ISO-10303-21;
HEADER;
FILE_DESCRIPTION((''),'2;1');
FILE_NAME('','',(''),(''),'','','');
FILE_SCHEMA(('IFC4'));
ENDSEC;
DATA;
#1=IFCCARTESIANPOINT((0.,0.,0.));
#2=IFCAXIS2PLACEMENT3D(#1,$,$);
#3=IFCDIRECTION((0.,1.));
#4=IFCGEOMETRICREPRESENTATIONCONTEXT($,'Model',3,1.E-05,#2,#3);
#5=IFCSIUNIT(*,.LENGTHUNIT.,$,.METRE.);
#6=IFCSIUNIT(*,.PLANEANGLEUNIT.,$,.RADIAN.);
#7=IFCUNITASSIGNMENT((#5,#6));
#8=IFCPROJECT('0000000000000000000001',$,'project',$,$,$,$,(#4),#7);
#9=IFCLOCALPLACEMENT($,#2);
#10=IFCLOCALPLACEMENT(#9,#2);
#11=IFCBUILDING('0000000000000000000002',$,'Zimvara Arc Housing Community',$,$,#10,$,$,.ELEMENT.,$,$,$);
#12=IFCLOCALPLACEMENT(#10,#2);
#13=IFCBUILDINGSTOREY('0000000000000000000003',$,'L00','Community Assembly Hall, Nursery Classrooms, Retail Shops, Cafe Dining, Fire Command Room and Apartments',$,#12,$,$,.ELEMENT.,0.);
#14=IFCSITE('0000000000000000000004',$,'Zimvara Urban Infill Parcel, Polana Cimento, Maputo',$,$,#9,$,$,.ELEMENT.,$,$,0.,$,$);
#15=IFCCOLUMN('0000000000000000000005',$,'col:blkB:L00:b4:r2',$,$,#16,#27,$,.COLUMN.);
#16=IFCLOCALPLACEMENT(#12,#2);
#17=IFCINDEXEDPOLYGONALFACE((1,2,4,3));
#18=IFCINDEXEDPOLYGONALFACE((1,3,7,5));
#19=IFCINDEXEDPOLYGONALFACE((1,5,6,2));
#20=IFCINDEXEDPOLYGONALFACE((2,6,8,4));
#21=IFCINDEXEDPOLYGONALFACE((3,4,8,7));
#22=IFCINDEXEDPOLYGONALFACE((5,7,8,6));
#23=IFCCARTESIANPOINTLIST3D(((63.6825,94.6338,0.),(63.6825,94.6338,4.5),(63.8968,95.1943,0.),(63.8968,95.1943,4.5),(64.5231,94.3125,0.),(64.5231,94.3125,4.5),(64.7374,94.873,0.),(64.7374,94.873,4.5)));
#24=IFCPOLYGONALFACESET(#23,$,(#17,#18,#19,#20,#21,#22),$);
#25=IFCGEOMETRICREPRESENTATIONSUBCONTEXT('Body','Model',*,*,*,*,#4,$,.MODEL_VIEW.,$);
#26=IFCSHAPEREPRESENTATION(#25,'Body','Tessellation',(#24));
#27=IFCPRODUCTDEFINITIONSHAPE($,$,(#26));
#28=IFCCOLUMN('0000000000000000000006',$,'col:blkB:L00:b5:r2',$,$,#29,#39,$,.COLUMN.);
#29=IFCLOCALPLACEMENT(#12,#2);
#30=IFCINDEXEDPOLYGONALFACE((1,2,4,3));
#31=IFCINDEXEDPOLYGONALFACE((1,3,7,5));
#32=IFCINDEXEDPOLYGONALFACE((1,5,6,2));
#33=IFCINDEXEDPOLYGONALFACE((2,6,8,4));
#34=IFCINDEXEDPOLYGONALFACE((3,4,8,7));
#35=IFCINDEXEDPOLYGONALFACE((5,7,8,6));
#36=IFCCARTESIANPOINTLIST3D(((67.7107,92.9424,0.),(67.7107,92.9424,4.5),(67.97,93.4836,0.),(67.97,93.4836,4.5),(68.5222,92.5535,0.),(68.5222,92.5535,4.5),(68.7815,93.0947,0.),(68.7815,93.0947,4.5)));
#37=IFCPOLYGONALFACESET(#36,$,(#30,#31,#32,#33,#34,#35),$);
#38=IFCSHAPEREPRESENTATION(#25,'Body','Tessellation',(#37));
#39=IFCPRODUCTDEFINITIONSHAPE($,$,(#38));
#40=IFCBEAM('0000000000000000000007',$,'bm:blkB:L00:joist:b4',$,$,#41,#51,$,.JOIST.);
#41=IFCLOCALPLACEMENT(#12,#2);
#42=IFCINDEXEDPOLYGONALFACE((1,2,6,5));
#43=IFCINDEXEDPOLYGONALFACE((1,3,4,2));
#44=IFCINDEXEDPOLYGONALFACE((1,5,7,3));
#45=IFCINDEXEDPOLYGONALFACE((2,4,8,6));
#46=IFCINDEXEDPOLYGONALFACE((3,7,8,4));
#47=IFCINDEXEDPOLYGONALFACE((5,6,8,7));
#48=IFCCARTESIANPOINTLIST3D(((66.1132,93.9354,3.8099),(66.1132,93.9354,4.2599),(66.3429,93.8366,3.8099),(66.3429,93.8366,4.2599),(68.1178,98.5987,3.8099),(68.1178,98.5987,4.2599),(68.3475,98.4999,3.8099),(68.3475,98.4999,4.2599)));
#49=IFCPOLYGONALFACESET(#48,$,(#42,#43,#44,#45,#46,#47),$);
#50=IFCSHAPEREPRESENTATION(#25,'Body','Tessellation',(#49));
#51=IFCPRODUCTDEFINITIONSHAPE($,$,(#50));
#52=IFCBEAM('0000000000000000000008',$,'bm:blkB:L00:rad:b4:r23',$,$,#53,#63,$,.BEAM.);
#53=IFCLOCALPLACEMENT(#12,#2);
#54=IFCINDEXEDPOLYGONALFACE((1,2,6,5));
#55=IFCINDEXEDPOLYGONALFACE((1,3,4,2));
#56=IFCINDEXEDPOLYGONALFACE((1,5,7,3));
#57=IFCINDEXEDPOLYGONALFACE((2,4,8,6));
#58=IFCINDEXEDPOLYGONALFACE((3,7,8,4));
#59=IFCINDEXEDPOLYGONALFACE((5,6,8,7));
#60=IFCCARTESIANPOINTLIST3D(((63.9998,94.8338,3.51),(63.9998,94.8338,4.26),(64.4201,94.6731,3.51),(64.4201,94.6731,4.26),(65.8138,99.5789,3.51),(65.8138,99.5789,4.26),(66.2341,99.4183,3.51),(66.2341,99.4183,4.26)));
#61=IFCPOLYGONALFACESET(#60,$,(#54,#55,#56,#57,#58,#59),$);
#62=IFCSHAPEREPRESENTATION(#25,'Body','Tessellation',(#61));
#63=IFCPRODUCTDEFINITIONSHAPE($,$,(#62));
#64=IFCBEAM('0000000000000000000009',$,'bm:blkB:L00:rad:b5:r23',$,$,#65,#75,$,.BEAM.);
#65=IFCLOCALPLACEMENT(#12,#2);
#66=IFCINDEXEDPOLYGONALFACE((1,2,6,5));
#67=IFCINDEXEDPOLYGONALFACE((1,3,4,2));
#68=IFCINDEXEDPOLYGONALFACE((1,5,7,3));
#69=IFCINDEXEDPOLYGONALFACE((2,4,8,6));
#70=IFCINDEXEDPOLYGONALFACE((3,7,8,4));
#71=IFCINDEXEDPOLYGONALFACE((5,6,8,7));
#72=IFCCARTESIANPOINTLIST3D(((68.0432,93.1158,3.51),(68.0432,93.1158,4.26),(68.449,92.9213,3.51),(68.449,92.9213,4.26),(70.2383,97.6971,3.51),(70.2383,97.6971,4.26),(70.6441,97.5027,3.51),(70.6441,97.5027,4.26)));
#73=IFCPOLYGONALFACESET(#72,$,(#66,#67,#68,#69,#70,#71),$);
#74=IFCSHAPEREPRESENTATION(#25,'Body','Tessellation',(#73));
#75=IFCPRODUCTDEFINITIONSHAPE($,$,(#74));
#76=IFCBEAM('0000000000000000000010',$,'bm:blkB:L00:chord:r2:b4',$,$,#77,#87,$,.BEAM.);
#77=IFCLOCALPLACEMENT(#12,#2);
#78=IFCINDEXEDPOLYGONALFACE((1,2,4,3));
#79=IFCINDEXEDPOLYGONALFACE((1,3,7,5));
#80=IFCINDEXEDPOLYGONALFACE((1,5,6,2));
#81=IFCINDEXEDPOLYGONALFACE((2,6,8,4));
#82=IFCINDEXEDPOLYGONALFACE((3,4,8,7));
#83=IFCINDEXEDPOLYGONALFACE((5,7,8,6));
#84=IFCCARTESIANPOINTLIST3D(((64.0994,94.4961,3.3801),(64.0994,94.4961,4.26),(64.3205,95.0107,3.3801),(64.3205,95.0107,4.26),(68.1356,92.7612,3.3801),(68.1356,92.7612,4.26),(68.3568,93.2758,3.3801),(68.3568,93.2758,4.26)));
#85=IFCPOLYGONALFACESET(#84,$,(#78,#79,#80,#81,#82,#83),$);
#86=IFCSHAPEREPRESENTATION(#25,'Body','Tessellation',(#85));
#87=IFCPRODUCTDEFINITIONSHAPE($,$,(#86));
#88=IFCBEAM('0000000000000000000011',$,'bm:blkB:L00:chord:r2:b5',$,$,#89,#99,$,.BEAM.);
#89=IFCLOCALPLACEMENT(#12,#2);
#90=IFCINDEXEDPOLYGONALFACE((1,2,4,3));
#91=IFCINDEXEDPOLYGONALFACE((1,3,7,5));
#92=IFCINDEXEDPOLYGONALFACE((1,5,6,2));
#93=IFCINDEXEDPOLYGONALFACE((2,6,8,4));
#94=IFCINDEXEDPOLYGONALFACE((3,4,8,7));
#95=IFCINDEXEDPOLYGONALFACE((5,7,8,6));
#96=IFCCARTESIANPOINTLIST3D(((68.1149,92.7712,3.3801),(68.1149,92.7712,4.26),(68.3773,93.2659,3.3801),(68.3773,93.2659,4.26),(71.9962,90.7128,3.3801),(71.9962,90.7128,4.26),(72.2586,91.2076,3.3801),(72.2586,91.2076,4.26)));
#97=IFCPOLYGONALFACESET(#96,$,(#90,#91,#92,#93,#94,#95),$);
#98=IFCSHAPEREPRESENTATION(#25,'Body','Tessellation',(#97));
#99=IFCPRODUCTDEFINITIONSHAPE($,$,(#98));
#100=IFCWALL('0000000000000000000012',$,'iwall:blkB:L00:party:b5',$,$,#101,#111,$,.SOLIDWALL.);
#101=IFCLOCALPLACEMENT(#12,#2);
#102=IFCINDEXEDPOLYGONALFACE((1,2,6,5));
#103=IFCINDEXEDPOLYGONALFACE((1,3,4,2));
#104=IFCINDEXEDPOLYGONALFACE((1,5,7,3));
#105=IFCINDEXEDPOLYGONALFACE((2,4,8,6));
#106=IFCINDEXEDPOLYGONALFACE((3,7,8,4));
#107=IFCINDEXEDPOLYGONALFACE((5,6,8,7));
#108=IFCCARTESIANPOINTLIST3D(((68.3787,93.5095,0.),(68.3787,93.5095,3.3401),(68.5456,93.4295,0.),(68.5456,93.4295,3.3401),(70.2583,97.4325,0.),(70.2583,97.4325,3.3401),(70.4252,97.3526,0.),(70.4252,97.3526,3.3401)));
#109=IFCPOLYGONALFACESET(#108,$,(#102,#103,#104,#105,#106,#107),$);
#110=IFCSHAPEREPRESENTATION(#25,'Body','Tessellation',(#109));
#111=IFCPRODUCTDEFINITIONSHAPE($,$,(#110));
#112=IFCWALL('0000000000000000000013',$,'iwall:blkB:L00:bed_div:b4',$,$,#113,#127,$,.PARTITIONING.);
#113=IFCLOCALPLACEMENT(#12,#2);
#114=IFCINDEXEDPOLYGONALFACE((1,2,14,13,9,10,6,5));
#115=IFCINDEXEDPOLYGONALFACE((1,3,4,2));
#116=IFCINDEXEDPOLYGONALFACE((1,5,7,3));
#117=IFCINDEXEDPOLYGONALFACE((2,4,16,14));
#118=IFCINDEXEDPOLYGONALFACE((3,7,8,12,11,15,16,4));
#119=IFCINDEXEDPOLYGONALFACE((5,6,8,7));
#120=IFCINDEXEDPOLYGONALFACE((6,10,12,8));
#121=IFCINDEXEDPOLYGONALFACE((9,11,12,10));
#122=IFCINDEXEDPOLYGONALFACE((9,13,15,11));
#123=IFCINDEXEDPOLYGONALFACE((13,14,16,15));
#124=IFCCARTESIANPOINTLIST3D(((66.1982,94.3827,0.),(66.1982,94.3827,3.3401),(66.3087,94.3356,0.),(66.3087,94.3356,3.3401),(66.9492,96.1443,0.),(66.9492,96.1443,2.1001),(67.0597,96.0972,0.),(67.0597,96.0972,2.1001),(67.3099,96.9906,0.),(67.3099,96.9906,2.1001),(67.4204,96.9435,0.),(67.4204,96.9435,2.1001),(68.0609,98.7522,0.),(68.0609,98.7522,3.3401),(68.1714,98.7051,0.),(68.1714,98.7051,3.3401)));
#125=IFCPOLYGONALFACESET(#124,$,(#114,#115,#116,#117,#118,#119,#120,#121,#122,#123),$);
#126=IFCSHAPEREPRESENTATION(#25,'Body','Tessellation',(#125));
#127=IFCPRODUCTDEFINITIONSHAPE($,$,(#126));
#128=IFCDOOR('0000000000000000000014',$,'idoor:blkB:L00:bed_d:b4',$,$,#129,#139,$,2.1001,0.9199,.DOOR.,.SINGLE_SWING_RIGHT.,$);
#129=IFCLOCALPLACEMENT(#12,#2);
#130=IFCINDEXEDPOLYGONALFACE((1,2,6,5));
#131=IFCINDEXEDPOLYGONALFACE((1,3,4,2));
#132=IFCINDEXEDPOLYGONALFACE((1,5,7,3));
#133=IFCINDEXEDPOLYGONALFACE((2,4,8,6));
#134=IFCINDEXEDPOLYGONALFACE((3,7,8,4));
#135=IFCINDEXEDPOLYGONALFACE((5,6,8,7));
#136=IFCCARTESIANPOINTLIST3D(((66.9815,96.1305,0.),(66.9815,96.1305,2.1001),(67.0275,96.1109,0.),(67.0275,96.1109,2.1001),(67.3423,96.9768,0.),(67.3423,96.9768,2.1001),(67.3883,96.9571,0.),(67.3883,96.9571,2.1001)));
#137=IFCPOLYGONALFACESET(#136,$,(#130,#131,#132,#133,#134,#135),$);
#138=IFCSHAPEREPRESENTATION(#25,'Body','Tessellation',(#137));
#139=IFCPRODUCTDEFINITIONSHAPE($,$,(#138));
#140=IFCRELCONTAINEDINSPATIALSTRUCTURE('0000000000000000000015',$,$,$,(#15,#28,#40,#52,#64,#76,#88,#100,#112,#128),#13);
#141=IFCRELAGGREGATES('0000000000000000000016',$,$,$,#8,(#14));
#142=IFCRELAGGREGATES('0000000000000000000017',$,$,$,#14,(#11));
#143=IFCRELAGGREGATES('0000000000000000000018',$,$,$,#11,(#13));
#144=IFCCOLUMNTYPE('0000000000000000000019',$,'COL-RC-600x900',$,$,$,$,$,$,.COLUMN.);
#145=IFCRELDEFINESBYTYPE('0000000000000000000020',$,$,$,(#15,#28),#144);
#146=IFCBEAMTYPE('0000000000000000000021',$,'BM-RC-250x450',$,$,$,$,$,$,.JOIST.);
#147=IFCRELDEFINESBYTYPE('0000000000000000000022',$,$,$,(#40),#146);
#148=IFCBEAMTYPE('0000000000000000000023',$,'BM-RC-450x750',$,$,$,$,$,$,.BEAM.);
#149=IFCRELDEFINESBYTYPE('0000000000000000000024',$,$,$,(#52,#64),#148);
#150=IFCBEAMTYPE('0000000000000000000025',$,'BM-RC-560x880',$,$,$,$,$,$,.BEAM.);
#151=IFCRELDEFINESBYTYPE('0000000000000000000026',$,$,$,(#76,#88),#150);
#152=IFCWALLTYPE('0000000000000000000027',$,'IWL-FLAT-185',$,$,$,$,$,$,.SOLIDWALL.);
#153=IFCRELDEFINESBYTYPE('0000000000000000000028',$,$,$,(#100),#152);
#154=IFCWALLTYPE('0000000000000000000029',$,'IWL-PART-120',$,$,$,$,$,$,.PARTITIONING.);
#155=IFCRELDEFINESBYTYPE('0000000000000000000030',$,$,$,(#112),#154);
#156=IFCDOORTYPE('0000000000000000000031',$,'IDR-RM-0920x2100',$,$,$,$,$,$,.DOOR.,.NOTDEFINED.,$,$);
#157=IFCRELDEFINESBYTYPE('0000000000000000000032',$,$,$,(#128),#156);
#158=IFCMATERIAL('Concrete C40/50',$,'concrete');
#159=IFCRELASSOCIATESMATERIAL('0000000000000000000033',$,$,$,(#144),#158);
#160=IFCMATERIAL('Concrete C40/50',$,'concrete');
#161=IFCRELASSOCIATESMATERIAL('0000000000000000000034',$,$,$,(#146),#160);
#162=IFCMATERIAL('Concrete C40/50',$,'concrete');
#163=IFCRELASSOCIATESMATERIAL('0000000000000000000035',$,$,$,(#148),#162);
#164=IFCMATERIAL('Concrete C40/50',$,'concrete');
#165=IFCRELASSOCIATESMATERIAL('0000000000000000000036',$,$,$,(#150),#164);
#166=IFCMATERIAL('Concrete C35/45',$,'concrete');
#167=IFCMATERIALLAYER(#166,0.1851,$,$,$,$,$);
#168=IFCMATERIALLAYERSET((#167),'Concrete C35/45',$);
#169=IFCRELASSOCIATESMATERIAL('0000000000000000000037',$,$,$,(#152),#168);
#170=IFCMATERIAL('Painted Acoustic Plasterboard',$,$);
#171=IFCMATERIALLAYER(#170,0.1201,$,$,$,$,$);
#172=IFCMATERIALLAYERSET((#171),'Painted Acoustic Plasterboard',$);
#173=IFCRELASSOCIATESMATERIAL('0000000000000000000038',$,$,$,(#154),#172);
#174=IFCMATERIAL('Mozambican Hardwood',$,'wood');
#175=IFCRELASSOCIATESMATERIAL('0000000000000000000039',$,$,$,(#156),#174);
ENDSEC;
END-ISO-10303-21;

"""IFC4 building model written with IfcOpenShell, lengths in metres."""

from ifc_helpers import new_model, si_unit, direction, frame, frame_2d, origin, origin_2d, place, context, subcontext, project, spatial, rectangle, extrude, material, layer, layer_set, material_profile, profile_set, type_object, element, fill, save


model = new_model("IFC4")

# Units and contexts
model_context = context("Model", 3, precision=1e-05, world=origin(), true_north=direction((0.0, 1.0)))
body_context = subcontext(model_context, "Body", "Model", "MODEL_VIEW")
ifc_project = project(units=[si_unit("LENGTHUNIT", "METRE"), si_unit("PLANEANGLEUNIT", "RADIAN")], contexts=[model_context])

# Site, building, storey
site_placement = place(None, origin())
site = spatial("IfcSite", under=ifc_project, at=site_placement, Name="Zimvara Urban Infill Parcel, Polana Cimento, Maputo", CompositionType="ELEMENT", RefElevation=0.0)
building_placement = place(site_placement, origin())
building = spatial("IfcBuilding", under=site, at=building_placement, Name="Zimvara Arc Housing Community", CompositionType="ELEMENT")
storey_placement = place(building_placement, origin())
storey = spatial("IfcBuildingStorey", under=building, at=storey_placement, Name="L00", Description="Community Assembly Hall, Nursery Classrooms, Retail Shops, Cafe Dining, Fire Command Room and Apartments", CompositionType="ELEMENT", Elevation=0.0)

# Columns
ifc_material_1 = material(Name="Concrete C40/50", Category="concrete")
ifc_material_profile_1 = material_profile(ifc_material_1, rectangle(XDim=0.6001, YDim=0.8999, at=origin_2d()), Name="RC 600x900")
ifc_profile_set_1 = profile_set([ifc_material_profile_1], Name="Concrete C40/50")
column_type = type_object("IfcColumnType", Name="COL-RC-600x900", PredefinedType="COLUMN", material=ifc_profile_set_1)
for number, where, z_axis, x_axis, name in (
    (1, (64.21, 94.7534, 0.0), (0.0, 0.0, 1.0), (0.357064, 0.93408, 0.0), "col:blkB:L00:b4:r2"),
    (2, (68.2461, 93.0186, 0.0), (0.0, 0.0, 1.0), (0.432086, 0.901833, 0.0), "col:blkB:L00:b5:r2"),
):
    element("IfcColumn", number, at=place(storey_placement, frame(where, z_axis=z_axis, x_axis=x_axis)), inside=storey, type_object=column_type, Name=name, PredefinedType="COLUMN", context=body_context, shape_type="SweptSolid", body=[
        extrude(rectangle(XDim=0.6001, YDim=0.8999, at=origin_2d()), origin(), (0.0, 0.0, 1.0), 4.5),
    ])

# Beams
ifc_material_2 = material(Name="Concrete C40/50", Category="concrete")
ifc_material_profile_2 = material_profile(ifc_material_2, rectangle(XDim=0.25, YDim=0.45, at=origin_2d()), Name="RC 250x450")
ifc_profile_set_2 = profile_set([ifc_material_profile_2], Name="Concrete C40/50")
beam_type_1 = type_object("IfcBeamType", Name="BM-RC-250x450", PredefinedType="JOIST", material=ifc_profile_set_2)
beam_placement = place(storey_placement, frame((66.228, 93.886, 4.0349), z_axis=(0.394929, 0.918712, 0.0), x_axis=(-0.918712, 0.394929, 0.0)))
element("IfcBeam", 3, at=beam_placement, inside=storey, type_object=beam_type_1, Name="bm:blkB:L00:joist:b4", PredefinedType="JOIST", context=body_context, shape_type="SweptSolid", body=[
    extrude(rectangle(XDim=0.25, YDim=0.45, at=origin_2d()), origin(), (0.0, 0.0, 1.0), 5.0759),
])
ifc_material_3 = material(Name="Concrete C40/50", Category="concrete")
ifc_material_profile_3 = material_profile(ifc_material_3, rectangle(XDim=0.45, YDim=0.75, at=origin_2d()), Name="RC 450x750")
ifc_profile_set_3 = profile_set([ifc_material_profile_3], Name="Concrete C40/50")
beam_type_2 = type_object("IfcBeamType", Name="BM-RC-450x750", PredefinedType="BEAM", material=ifc_profile_set_3)
for number, where, z_axis, x_axis, name in (
    (4, (64.21, 94.7534, 3.885), (0.357078, 0.934074, 0.0), (-0.934074, 0.357078, 0.0), "bm:blkB:L00:rad:b4:r23"),
    (5, (68.2461, 93.0186, 3.885), (0.432098, 0.901827, 0.0), (-0.901827, 0.432098, 0.0), "bm:blkB:L00:rad:b5:r23"),
):
    element("IfcBeam", number, at=place(storey_placement, frame(where, z_axis=z_axis, x_axis=x_axis)), inside=storey, type_object=beam_type_2, Name=name, PredefinedType="BEAM", context=body_context, shape_type="SweptSolid", body=[
        extrude(rectangle(XDim=0.45, YDim=0.75, at=origin_2d()), origin(), (0.0, 0.0, 1.0), 5.0801),
    ])
ifc_material_4 = material(Name="Concrete C40/50", Category="concrete")
ifc_material_profile_4 = material_profile(ifc_material_4, rectangle(XDim=0.5601, YDim=0.8799, at=origin_2d()), Name="RC 560x880")
ifc_profile_set_4 = profile_set([ifc_material_profile_4], Name="Concrete C40/50")
beam_type_3 = type_object("IfcBeamType", Name="BM-RC-560x880", PredefinedType="BEAM", material=ifc_profile_set_4)
for number, where, z_axis, x_axis, name in (
    (6, (64.21, 94.7534, 3.8201), (0.918725, -0.394898, 0.0), (0.394898, 0.918725, 0.0), "bm:blkB:L00:chord:r2:b4"),
    (7, (68.2461, 93.0186, 3.8201), (0.883457, -0.468513, 0.0), (0.468513, 0.883457, 0.0), "bm:blkB:L00:chord:r2:b5"),
):
    element("IfcBeam", number, at=place(storey_placement, frame(where, z_axis=z_axis, x_axis=x_axis)), inside=storey, type_object=beam_type_3, Name=name, PredefinedType="BEAM", context=body_context, shape_type="SweptSolid", body=[
        extrude(rectangle(XDim=0.5601, YDim=0.8799, at=origin_2d()), origin(), (0.0, 0.0, 1.0), 4.3933),
    ])

# Wall
ifc_material_5 = material(Name="Concrete C35/45", Category="concrete")
ifc_layer_1 = layer(ifc_material_5, 0.1851)
ifc_layer_set_1 = layer_set([ifc_layer_1], Name="Concrete C35/45")
wall_type_1 = type_object("IfcWallType", Name="IWL-FLAT-185", PredefinedType="SOLIDWALL", material=ifc_layer_set_1)
wall_1_placement = place(storey_placement, frame((68.4622, 93.4695, 0.0), z_axis=(0.0, 0.0, 1.0), x_axis=(0.432087, 0.901832, 0.0)))
element("IfcWall", 8, at=wall_1_placement, inside=storey, type_object=wall_type_1, Name="iwall:blkB:L00:party:b5", PredefinedType="SOLIDWALL", context=body_context, shape_type="SweptSolid", body=[
    extrude(rectangle(XDim=4.3501, YDim=0.1851, at=frame_2d((2.175, 0.0))), origin(), (0.0, 0.0, 1.0), 3.3401),
])

# Wall, opening, door
ifc_material_6 = material(Name="Painted Acoustic Plasterboard")
ifc_layer_2 = layer(ifc_material_6, 0.1201)
ifc_layer_set_2 = layer_set([ifc_layer_2], Name="Painted Acoustic Plasterboard")
wall_type_2 = type_object("IfcWallType", Name="IWL-PART-120", PredefinedType="PARTITIONING", material=ifc_layer_set_2)
wall_2_placement = place(storey_placement, frame((66.2534, 94.3591, 0.0), z_axis=(0.0, 0.0, 1.0), x_axis=(0.392157, 0.919898, 0.0)))
wall_2 = element("IfcWall", 9, at=wall_2_placement, inside=storey, type_object=wall_type_2, Name="iwall:blkB:L00:bed_div:b4", PredefinedType="PARTITIONING", context=body_context, shape_type="SweptSolid", body=[
    extrude(rectangle(XDim=4.75, YDim=0.1201, at=frame_2d((2.375, 0.0))), origin(), (0.0, 0.0, 1.0), 3.3401),
])
opening_1_placement = place(wall_2_placement, frame((1.915, 0.0, 0.0)))
opening_1 = element("IfcOpeningElement", 10, at=opening_1_placement, cuts=wall_2, PredefinedType="OPENING", context=body_context, shape_type="SweptSolid", body=[
    extrude(rectangle(XDim=0.9199, YDim=2.1001, at=frame_2d((0.46, 1.05))), frame((0.0, 0.0701, 0.0), z_axis=(0.0, -1.0, 0.0), x_axis=(1.0, 0.0, 0.0)), (0.0, 0.0, 1.0), 0.1401),
])
ifc_material_7 = material(Name="Mozambican Hardwood", Category="wood")
door_type_1 = type_object("IfcDoorType", Name="IDR-RM-0920x2100", OperationType="NOTDEFINED", PredefinedType="DOOR", material=ifc_material_7)
door_1_placement = place(opening_1_placement, origin())
door_1 = element("IfcDoor", 11, at=door_1_placement, inside=storey, type_object=door_type_1, Name="idoor:blkB:L00:bed_d:b4", OperationType="SINGLE_SWING_RIGHT", OverallHeight=2.1001, OverallWidth=0.9199, PredefinedType="DOOR", context=body_context, shape_type="SweptSolid", body=[
    extrude(rectangle(XDim=0.9199, YDim=2.1001, at=frame_2d((0.46, 1.05))), frame((0.0, 0.0249, 0.0), z_axis=(0.0, -1.0, 0.0), x_axis=(1.0, 0.0, 0.0)), (0.0, 0.0, 1.0), 0.05),
])
fill(opening_1, door_1)

save(model, "model.ifc")
